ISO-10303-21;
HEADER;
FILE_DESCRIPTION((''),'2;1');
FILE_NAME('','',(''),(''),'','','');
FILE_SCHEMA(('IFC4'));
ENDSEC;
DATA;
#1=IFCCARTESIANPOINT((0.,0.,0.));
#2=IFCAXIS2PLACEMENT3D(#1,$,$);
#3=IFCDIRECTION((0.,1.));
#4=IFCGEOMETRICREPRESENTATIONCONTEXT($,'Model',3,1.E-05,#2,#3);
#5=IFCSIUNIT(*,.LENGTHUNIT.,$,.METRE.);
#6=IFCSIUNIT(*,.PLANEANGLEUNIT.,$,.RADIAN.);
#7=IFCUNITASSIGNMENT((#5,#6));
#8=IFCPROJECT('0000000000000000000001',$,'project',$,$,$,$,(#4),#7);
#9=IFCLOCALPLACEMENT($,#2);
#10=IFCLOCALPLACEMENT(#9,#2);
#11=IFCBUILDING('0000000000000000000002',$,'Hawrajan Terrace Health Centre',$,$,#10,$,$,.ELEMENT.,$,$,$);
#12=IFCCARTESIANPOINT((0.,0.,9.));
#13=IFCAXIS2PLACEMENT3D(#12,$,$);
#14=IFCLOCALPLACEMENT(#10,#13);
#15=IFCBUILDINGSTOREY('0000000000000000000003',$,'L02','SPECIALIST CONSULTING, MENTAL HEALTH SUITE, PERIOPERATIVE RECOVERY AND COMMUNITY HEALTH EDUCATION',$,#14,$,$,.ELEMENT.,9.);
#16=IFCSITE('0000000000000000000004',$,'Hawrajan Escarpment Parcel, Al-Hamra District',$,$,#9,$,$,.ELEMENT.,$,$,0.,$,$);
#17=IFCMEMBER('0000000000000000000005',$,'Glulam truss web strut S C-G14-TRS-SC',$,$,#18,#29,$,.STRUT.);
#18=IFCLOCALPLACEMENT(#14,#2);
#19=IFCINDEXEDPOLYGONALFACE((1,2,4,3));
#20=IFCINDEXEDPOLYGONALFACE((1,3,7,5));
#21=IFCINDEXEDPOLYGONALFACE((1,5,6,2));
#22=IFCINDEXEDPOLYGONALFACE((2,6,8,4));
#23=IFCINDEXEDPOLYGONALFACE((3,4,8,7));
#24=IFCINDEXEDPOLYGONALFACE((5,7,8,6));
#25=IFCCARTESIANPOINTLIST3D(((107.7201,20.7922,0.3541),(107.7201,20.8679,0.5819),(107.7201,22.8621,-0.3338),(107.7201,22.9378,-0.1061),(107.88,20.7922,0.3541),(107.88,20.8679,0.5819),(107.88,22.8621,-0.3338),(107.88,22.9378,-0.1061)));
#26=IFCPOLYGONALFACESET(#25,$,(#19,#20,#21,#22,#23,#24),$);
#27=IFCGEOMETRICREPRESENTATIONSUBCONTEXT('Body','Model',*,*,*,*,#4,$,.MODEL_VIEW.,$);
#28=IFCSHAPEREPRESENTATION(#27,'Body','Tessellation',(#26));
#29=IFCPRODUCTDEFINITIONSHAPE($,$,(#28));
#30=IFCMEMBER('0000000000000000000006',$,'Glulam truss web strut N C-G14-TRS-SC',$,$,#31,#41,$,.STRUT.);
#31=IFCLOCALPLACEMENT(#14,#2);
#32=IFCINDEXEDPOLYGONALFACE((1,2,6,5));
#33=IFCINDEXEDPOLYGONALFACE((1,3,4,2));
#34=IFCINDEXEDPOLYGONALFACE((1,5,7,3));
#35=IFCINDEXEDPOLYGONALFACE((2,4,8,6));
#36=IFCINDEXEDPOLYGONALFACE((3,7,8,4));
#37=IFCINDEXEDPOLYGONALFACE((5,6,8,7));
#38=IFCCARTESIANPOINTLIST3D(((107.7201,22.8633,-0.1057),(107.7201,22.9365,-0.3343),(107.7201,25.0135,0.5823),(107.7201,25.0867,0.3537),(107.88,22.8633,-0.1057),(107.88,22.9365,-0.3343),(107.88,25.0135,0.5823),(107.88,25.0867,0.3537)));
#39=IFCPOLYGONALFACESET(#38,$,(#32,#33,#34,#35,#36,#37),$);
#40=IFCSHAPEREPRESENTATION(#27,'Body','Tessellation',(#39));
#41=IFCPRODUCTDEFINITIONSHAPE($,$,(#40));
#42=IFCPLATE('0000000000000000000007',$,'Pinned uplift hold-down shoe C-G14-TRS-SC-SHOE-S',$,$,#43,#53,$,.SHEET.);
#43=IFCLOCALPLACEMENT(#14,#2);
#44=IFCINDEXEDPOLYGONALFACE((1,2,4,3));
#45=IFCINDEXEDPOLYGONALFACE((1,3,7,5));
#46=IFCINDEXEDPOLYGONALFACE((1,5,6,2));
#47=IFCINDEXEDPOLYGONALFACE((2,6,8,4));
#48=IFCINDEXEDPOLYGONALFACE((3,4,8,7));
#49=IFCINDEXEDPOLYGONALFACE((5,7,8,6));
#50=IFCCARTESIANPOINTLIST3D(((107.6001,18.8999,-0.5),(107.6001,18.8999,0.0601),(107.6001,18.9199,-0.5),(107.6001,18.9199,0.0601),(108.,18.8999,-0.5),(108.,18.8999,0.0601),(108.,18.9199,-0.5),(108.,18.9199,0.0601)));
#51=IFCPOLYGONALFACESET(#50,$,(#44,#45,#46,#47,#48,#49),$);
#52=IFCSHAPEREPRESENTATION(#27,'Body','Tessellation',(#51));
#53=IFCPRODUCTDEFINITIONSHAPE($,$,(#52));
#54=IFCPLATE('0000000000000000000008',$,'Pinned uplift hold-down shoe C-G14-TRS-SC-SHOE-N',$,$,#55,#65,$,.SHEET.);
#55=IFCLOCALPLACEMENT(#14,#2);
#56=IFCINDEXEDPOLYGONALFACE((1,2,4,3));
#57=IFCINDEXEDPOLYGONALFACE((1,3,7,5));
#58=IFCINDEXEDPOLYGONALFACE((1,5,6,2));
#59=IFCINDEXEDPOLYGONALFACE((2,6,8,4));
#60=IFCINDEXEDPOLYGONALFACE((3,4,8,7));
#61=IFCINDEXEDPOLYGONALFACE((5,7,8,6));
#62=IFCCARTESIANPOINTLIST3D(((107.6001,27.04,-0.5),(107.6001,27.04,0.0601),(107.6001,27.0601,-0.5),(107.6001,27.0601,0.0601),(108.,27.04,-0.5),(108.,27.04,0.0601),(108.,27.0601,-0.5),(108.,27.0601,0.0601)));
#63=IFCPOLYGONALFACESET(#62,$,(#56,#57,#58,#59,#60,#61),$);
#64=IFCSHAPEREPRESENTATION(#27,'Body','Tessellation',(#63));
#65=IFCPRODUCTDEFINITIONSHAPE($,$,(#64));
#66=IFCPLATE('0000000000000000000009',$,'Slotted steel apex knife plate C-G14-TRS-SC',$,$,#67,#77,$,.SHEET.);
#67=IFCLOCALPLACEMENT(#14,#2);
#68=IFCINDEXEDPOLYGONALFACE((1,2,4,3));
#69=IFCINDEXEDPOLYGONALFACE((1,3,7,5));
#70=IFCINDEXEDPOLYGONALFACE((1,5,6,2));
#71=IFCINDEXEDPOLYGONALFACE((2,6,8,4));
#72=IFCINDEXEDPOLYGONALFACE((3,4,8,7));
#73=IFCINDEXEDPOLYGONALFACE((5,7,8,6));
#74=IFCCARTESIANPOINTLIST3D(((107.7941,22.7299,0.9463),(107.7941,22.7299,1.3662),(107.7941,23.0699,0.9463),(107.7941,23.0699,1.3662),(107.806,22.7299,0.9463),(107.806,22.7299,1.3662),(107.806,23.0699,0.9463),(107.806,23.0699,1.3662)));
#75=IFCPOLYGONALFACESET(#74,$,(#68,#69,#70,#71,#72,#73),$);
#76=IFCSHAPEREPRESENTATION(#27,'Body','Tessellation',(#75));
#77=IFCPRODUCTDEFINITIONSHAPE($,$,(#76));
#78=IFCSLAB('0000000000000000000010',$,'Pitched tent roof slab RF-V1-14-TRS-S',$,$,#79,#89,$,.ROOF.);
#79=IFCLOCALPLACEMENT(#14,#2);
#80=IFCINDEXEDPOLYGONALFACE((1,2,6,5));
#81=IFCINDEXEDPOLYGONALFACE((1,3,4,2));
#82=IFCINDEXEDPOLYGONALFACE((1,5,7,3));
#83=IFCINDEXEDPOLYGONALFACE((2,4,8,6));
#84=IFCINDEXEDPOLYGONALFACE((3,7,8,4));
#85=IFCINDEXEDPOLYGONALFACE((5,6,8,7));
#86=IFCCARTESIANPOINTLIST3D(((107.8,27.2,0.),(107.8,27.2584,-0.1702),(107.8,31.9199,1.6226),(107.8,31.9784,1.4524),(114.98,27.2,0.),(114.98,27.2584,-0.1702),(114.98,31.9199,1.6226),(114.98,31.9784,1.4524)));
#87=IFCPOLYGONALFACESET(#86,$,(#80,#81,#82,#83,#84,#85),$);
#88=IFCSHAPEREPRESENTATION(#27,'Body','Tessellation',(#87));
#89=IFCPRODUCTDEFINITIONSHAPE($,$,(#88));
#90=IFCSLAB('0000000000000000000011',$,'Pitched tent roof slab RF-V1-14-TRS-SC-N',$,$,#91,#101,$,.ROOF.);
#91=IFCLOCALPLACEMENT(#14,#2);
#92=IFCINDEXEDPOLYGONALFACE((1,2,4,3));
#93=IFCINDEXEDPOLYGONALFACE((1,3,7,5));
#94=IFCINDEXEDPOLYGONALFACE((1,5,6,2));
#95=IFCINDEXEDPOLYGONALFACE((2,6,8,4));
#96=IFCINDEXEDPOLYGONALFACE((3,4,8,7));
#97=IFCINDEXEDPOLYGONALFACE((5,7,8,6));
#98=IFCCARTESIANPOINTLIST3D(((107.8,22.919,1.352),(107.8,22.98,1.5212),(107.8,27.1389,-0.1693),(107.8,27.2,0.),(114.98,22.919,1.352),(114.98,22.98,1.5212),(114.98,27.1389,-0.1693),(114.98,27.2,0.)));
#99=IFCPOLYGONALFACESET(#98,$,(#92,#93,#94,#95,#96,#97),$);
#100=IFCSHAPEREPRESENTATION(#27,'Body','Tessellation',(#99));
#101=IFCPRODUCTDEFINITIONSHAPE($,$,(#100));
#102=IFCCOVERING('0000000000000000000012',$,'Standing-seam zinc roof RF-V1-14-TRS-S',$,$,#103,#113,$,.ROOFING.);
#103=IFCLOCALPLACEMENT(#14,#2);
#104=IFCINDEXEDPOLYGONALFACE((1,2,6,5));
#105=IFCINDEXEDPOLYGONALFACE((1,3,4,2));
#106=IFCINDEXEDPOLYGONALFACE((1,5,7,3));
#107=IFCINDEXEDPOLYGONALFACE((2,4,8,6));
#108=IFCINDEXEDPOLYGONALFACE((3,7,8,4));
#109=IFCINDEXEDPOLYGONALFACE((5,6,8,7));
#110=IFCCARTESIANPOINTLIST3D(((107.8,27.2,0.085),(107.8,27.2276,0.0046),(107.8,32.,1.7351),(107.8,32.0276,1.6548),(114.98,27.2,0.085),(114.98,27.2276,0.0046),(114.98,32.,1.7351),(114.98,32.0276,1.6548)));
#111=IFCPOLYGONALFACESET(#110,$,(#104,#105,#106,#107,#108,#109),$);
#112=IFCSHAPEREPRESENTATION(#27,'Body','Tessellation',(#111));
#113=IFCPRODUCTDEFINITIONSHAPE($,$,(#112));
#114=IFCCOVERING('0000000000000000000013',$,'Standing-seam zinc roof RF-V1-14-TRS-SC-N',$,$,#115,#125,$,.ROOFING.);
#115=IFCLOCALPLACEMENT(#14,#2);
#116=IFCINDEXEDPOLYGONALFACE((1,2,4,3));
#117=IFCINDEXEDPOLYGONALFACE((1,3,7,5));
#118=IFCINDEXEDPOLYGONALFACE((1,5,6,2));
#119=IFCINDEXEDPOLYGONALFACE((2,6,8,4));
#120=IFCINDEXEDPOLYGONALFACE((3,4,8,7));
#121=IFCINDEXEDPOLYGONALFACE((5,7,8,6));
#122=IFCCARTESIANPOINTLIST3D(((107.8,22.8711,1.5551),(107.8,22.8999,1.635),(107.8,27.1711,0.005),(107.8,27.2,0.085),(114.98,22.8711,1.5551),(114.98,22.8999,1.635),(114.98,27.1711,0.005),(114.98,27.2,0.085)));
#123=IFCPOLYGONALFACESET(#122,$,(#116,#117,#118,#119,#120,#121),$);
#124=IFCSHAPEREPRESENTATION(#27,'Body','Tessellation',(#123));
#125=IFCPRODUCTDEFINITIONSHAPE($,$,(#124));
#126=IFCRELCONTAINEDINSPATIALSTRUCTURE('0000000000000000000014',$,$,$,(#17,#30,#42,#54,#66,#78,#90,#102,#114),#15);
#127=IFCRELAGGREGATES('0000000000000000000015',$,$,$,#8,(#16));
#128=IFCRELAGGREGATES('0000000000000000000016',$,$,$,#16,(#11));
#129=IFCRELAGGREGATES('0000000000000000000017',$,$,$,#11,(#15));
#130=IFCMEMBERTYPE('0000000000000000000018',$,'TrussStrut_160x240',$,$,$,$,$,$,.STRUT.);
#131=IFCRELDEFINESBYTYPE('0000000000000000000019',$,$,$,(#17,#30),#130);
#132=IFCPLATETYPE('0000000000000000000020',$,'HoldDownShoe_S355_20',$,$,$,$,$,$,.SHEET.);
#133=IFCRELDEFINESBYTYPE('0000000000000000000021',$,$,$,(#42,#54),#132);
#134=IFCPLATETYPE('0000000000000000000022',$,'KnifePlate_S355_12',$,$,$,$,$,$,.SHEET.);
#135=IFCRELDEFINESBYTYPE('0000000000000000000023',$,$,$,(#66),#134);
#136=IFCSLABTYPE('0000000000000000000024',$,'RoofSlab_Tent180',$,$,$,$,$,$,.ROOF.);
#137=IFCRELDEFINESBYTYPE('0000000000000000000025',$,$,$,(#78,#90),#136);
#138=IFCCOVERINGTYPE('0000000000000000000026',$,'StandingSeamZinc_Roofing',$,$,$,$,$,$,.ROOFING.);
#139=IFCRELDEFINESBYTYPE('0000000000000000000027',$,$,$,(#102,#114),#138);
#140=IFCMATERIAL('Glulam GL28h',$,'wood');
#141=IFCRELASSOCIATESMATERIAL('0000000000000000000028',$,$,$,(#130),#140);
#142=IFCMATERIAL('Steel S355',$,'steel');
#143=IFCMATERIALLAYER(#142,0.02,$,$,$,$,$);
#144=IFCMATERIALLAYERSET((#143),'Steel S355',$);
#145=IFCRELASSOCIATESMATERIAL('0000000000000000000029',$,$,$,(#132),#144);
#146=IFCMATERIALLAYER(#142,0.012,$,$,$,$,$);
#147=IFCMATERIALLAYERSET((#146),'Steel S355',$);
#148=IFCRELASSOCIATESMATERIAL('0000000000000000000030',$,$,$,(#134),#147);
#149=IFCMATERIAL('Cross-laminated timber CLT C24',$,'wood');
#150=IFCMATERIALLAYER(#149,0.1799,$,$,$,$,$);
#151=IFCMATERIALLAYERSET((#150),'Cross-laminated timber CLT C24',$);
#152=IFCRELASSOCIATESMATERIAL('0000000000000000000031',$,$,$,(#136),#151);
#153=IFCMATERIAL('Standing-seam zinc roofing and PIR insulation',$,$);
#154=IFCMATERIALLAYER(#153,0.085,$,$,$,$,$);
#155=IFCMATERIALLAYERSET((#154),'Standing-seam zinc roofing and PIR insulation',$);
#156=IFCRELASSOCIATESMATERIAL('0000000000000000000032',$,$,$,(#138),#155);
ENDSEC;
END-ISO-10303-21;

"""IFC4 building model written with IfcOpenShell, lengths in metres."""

from ifc_helpers import new_model, si_unit, direction, frame, origin, origin_2d, place, context, subcontext, project, spatial, polyline, rectangle, outline, extrude, material, layer, layer_set, material_profile, profile_set, type_object, element, save


model = new_model("IFC4")

# Units and contexts
model_context = context("Model", 3, precision=1e-05, world=origin(), true_north=direction((0.0, 1.0)))
body_context = subcontext(model_context, "Body", "Model", "MODEL_VIEW")
ifc_project = project(units=[si_unit("LENGTHUNIT", "METRE"), si_unit("PLANEANGLEUNIT", "RADIAN")], contexts=[model_context])

# Site, building, storey
site_placement = place(None, origin())
site = spatial("IfcSite", under=ifc_project, at=site_placement, Name="Hawrajan Escarpment Parcel, Al-Hamra District", CompositionType="ELEMENT", RefElevation=0.0)
building_placement = place(site_placement, origin())
building = spatial("IfcBuilding", under=site, at=building_placement, Name="Hawrajan Terrace Health Centre", CompositionType="ELEMENT")
storey_placement = place(building_placement, frame((0.0, 0.0, 9.0)))
storey = spatial("IfcBuildingStorey", under=building, at=storey_placement, Name="L02", Description="SPECIALIST CONSULTING, MENTAL HEALTH SUITE, PERIOPERATIVE RECOVERY AND COMMUNITY HEALTH EDUCATION", CompositionType="ELEMENT", Elevation=9.0)

# Shared definitions
ifc_material_1 = material(Name="Glulam GL28h", Category="wood")

# Shared definitions
ifc_material_2 = material(Name="Steel S355", Category="steel")

# Members
ifc_material_profile_1 = material_profile(ifc_material_1, rectangle(XDim=0.1599, YDim=0.24, at=origin_2d()), Name="GL WEB 160x240")
ifc_profile_set_1 = profile_set([ifc_material_profile_1], Name="Glulam GL28h")
member_type_1 = type_object("IfcMemberType", Name="TrussStrut_160x240", PredefinedType="STRUT", material=ifc_profile_set_1)
member_1_placement = place(storey_placement, frame((107.8, 22.8999, -0.22), z_axis=(0.0, -0.948952, 0.315422), x_axis=(1.0, 0.0, 0.0)))
element("IfcMember", 1, at=member_1_placement, inside=storey, type_object=member_type_1, Name="Glulam truss web strut S C-G14-TRS-SC", PredefinedType="STRUT", context=body_context, shape_type="SweptSolid", body=[
    extrude(rectangle(XDim=0.1599, YDim=0.24, at=origin_2d()), origin(), (0.0, 0.0, 1.0), 2.1812),
])
member_2_placement = place(storey_placement, frame((107.8, 22.8999, -0.22), z_axis=(0.0, 0.952432, 0.304752), x_axis=(-1.0, 0.0, 0.0)))
element("IfcMember", 2, at=member_2_placement, inside=storey, type_object=member_type_1, Name="Glulam truss web strut N C-G14-TRS-SC", PredefinedType="STRUT", context=body_context, shape_type="SweptSolid", body=[
    extrude(rectangle(XDim=0.1599, YDim=0.24, at=origin_2d()), origin(), (0.0, 0.0, 1.0), 2.2576),
])

# Plates
ifc_layer_1 = layer(ifc_material_2, 0.02)
ifc_layer_set_1 = layer_set([ifc_layer_1], Name="Steel S355")
plate_type_1 = type_object("IfcPlateType", Name="HoldDownShoe_S355_20", PredefinedType="SHEET", material=ifc_layer_set_1)
for number, where, z_axis, x_axis, name in (
    (3, (107.8, 18.9099, -0.5), (0.0, 0.0, 1.0), (1.0, 0.0, 0.0), "Pinned uplift hold-down shoe C-G14-TRS-SC-SHOE-S"),
    (4, (107.8, 27.05, -0.5), (0.0, 0.0, 1.0), (1.0, 0.0, 0.0), "Pinned uplift hold-down shoe C-G14-TRS-SC-SHOE-N"),
):
    element("IfcPlate", number, at=place(storey_placement, frame(where, z_axis=z_axis, x_axis=x_axis)), inside=storey, type_object=plate_type_1, Name=name, PredefinedType="SHEET", context=body_context, shape_type="SweptSolid", body=[
        extrude(rectangle(XDim=0.3999, YDim=0.02, at=origin_2d()), origin(), (0.0, 0.0, 1.0), 0.5601),
    ])
ifc_layer_2 = layer(ifc_material_2, 0.012)
ifc_layer_set_2 = layer_set([ifc_layer_2], Name="Steel S355")
plate_type_2 = type_object("IfcPlateType", Name="KnifePlate_S355_12", PredefinedType="SHEET", material=ifc_layer_set_2)
plate_placement = place(storey_placement, frame((107.8, 22.8999, 0.9463), z_axis=(0.0, 0.0, 1.0), x_axis=(1.0, 0.0, 0.0)))
element("IfcPlate", 5, at=plate_placement, inside=storey, type_object=plate_type_2, Name="Slotted steel apex knife plate C-G14-TRS-SC", PredefinedType="SHEET", context=body_context, shape_type="SweptSolid", body=[
    extrude(rectangle(XDim=0.012, YDim=0.3401, at=origin_2d()), origin(), (0.0, 0.0, 1.0), 0.4199),
])

# Slabs
ifc_material_3 = material(Name="Cross-laminated timber CLT C24", Category="wood")
ifc_layer_3 = layer(ifc_material_3, 0.1799)
ifc_layer_set_3 = layer_set([ifc_layer_3], Name="Cross-laminated timber CLT C24")
slab_type = type_object("IfcSlabType", Name="RoofSlab_Tent180", PredefinedType="ROOF", material=ifc_layer_set_3)
slab_1_placement = place(storey_placement, frame((107.8, 27.2, 0.0), z_axis=(0.0, -0.325092, 0.945682), x_axis=(1.0, 0.0, 0.0)))
element("IfcSlab", 6, at=slab_1_placement, inside=storey, type_object=slab_type, Name="Pitched tent roof slab RF-V1-14-TRS-S", PredefinedType="ROOF", context=body_context, shape_type="SweptSolid", body=[
    extrude(outline(polyline([(0.0, 0.0), (7.1799, 0.0), (7.1799, 4.9911), (0.0, 4.9911), (0.0, 0.0)])), origin(), (0.0, 0.0, -1.0), 0.1799),
])
slab_2_placement = place(storey_placement, frame((107.8, 22.98, 1.5212), z_axis=(0.0, 0.339124, 0.940742), x_axis=(1.0, 0.0, 0.0)))
element("IfcSlab", 7, at=slab_2_placement, inside=storey, type_object=slab_type, Name="Pitched tent roof slab RF-V1-14-TRS-SC-N", PredefinedType="ROOF", context=body_context, shape_type="SweptSolid", body=[
    extrude(outline(polyline([(0.0, 0.0), (7.1799, 0.0), (7.1799, 4.4858), (0.0, 4.4858), (0.0, 0.0)])), origin(), (0.0, 0.0, -1.0), 0.1799),
])

# Coverings
ifc_material_4 = material(Name="Standing-seam zinc roofing and PIR insulation")
ifc_layer_4 = layer(ifc_material_4, 0.085)
ifc_layer_set_4 = layer_set([ifc_layer_4], Name="Standing-seam zinc roofing and PIR insulation")
covering_type = type_object("IfcCoveringType", Name="StandingSeamZinc_Roofing", PredefinedType="ROOFING", material=ifc_layer_set_4)
covering_1_placement = place(storey_placement, frame((107.8, 27.2, 0.085), z_axis=(0.0, -0.325103, 0.945679), x_axis=(1.0, 0.0, 0.0)))
element("IfcCovering", 8, at=covering_1_placement, inside=storey, type_object=covering_type, Name="Standing-seam zinc roof RF-V1-14-TRS-S", PredefinedType="ROOFING", context=body_context, shape_type="SweptSolid", body=[
    extrude(outline(polyline([(0.0, 0.0), (7.1799, 0.0), (7.1799, 5.0758), (0.0, 5.0758), (0.0, 0.0)])), origin(), (0.0, 0.0, -1.0), 0.085),
])
covering_2_placement = place(storey_placement, frame((107.8, 22.8999, 1.635), z_axis=(0.0, 0.339113, 0.940746), x_axis=(1.0, 0.0, 0.0)))
element("IfcCovering", 9, at=covering_2_placement, inside=storey, type_object=covering_type, Name="Standing-seam zinc roof RF-V1-14-TRS-SC-N", PredefinedType="ROOFING", context=body_context, shape_type="SweptSolid", body=[
    extrude(outline(polyline([(0.0, 0.0), (7.1799, 0.0), (7.1799, 4.5709), (0.0, 4.5709), (0.0, 0.0)])), origin(), (0.0, 0.0, -1.0), 0.085),
])

save(model, "model.ifc")
